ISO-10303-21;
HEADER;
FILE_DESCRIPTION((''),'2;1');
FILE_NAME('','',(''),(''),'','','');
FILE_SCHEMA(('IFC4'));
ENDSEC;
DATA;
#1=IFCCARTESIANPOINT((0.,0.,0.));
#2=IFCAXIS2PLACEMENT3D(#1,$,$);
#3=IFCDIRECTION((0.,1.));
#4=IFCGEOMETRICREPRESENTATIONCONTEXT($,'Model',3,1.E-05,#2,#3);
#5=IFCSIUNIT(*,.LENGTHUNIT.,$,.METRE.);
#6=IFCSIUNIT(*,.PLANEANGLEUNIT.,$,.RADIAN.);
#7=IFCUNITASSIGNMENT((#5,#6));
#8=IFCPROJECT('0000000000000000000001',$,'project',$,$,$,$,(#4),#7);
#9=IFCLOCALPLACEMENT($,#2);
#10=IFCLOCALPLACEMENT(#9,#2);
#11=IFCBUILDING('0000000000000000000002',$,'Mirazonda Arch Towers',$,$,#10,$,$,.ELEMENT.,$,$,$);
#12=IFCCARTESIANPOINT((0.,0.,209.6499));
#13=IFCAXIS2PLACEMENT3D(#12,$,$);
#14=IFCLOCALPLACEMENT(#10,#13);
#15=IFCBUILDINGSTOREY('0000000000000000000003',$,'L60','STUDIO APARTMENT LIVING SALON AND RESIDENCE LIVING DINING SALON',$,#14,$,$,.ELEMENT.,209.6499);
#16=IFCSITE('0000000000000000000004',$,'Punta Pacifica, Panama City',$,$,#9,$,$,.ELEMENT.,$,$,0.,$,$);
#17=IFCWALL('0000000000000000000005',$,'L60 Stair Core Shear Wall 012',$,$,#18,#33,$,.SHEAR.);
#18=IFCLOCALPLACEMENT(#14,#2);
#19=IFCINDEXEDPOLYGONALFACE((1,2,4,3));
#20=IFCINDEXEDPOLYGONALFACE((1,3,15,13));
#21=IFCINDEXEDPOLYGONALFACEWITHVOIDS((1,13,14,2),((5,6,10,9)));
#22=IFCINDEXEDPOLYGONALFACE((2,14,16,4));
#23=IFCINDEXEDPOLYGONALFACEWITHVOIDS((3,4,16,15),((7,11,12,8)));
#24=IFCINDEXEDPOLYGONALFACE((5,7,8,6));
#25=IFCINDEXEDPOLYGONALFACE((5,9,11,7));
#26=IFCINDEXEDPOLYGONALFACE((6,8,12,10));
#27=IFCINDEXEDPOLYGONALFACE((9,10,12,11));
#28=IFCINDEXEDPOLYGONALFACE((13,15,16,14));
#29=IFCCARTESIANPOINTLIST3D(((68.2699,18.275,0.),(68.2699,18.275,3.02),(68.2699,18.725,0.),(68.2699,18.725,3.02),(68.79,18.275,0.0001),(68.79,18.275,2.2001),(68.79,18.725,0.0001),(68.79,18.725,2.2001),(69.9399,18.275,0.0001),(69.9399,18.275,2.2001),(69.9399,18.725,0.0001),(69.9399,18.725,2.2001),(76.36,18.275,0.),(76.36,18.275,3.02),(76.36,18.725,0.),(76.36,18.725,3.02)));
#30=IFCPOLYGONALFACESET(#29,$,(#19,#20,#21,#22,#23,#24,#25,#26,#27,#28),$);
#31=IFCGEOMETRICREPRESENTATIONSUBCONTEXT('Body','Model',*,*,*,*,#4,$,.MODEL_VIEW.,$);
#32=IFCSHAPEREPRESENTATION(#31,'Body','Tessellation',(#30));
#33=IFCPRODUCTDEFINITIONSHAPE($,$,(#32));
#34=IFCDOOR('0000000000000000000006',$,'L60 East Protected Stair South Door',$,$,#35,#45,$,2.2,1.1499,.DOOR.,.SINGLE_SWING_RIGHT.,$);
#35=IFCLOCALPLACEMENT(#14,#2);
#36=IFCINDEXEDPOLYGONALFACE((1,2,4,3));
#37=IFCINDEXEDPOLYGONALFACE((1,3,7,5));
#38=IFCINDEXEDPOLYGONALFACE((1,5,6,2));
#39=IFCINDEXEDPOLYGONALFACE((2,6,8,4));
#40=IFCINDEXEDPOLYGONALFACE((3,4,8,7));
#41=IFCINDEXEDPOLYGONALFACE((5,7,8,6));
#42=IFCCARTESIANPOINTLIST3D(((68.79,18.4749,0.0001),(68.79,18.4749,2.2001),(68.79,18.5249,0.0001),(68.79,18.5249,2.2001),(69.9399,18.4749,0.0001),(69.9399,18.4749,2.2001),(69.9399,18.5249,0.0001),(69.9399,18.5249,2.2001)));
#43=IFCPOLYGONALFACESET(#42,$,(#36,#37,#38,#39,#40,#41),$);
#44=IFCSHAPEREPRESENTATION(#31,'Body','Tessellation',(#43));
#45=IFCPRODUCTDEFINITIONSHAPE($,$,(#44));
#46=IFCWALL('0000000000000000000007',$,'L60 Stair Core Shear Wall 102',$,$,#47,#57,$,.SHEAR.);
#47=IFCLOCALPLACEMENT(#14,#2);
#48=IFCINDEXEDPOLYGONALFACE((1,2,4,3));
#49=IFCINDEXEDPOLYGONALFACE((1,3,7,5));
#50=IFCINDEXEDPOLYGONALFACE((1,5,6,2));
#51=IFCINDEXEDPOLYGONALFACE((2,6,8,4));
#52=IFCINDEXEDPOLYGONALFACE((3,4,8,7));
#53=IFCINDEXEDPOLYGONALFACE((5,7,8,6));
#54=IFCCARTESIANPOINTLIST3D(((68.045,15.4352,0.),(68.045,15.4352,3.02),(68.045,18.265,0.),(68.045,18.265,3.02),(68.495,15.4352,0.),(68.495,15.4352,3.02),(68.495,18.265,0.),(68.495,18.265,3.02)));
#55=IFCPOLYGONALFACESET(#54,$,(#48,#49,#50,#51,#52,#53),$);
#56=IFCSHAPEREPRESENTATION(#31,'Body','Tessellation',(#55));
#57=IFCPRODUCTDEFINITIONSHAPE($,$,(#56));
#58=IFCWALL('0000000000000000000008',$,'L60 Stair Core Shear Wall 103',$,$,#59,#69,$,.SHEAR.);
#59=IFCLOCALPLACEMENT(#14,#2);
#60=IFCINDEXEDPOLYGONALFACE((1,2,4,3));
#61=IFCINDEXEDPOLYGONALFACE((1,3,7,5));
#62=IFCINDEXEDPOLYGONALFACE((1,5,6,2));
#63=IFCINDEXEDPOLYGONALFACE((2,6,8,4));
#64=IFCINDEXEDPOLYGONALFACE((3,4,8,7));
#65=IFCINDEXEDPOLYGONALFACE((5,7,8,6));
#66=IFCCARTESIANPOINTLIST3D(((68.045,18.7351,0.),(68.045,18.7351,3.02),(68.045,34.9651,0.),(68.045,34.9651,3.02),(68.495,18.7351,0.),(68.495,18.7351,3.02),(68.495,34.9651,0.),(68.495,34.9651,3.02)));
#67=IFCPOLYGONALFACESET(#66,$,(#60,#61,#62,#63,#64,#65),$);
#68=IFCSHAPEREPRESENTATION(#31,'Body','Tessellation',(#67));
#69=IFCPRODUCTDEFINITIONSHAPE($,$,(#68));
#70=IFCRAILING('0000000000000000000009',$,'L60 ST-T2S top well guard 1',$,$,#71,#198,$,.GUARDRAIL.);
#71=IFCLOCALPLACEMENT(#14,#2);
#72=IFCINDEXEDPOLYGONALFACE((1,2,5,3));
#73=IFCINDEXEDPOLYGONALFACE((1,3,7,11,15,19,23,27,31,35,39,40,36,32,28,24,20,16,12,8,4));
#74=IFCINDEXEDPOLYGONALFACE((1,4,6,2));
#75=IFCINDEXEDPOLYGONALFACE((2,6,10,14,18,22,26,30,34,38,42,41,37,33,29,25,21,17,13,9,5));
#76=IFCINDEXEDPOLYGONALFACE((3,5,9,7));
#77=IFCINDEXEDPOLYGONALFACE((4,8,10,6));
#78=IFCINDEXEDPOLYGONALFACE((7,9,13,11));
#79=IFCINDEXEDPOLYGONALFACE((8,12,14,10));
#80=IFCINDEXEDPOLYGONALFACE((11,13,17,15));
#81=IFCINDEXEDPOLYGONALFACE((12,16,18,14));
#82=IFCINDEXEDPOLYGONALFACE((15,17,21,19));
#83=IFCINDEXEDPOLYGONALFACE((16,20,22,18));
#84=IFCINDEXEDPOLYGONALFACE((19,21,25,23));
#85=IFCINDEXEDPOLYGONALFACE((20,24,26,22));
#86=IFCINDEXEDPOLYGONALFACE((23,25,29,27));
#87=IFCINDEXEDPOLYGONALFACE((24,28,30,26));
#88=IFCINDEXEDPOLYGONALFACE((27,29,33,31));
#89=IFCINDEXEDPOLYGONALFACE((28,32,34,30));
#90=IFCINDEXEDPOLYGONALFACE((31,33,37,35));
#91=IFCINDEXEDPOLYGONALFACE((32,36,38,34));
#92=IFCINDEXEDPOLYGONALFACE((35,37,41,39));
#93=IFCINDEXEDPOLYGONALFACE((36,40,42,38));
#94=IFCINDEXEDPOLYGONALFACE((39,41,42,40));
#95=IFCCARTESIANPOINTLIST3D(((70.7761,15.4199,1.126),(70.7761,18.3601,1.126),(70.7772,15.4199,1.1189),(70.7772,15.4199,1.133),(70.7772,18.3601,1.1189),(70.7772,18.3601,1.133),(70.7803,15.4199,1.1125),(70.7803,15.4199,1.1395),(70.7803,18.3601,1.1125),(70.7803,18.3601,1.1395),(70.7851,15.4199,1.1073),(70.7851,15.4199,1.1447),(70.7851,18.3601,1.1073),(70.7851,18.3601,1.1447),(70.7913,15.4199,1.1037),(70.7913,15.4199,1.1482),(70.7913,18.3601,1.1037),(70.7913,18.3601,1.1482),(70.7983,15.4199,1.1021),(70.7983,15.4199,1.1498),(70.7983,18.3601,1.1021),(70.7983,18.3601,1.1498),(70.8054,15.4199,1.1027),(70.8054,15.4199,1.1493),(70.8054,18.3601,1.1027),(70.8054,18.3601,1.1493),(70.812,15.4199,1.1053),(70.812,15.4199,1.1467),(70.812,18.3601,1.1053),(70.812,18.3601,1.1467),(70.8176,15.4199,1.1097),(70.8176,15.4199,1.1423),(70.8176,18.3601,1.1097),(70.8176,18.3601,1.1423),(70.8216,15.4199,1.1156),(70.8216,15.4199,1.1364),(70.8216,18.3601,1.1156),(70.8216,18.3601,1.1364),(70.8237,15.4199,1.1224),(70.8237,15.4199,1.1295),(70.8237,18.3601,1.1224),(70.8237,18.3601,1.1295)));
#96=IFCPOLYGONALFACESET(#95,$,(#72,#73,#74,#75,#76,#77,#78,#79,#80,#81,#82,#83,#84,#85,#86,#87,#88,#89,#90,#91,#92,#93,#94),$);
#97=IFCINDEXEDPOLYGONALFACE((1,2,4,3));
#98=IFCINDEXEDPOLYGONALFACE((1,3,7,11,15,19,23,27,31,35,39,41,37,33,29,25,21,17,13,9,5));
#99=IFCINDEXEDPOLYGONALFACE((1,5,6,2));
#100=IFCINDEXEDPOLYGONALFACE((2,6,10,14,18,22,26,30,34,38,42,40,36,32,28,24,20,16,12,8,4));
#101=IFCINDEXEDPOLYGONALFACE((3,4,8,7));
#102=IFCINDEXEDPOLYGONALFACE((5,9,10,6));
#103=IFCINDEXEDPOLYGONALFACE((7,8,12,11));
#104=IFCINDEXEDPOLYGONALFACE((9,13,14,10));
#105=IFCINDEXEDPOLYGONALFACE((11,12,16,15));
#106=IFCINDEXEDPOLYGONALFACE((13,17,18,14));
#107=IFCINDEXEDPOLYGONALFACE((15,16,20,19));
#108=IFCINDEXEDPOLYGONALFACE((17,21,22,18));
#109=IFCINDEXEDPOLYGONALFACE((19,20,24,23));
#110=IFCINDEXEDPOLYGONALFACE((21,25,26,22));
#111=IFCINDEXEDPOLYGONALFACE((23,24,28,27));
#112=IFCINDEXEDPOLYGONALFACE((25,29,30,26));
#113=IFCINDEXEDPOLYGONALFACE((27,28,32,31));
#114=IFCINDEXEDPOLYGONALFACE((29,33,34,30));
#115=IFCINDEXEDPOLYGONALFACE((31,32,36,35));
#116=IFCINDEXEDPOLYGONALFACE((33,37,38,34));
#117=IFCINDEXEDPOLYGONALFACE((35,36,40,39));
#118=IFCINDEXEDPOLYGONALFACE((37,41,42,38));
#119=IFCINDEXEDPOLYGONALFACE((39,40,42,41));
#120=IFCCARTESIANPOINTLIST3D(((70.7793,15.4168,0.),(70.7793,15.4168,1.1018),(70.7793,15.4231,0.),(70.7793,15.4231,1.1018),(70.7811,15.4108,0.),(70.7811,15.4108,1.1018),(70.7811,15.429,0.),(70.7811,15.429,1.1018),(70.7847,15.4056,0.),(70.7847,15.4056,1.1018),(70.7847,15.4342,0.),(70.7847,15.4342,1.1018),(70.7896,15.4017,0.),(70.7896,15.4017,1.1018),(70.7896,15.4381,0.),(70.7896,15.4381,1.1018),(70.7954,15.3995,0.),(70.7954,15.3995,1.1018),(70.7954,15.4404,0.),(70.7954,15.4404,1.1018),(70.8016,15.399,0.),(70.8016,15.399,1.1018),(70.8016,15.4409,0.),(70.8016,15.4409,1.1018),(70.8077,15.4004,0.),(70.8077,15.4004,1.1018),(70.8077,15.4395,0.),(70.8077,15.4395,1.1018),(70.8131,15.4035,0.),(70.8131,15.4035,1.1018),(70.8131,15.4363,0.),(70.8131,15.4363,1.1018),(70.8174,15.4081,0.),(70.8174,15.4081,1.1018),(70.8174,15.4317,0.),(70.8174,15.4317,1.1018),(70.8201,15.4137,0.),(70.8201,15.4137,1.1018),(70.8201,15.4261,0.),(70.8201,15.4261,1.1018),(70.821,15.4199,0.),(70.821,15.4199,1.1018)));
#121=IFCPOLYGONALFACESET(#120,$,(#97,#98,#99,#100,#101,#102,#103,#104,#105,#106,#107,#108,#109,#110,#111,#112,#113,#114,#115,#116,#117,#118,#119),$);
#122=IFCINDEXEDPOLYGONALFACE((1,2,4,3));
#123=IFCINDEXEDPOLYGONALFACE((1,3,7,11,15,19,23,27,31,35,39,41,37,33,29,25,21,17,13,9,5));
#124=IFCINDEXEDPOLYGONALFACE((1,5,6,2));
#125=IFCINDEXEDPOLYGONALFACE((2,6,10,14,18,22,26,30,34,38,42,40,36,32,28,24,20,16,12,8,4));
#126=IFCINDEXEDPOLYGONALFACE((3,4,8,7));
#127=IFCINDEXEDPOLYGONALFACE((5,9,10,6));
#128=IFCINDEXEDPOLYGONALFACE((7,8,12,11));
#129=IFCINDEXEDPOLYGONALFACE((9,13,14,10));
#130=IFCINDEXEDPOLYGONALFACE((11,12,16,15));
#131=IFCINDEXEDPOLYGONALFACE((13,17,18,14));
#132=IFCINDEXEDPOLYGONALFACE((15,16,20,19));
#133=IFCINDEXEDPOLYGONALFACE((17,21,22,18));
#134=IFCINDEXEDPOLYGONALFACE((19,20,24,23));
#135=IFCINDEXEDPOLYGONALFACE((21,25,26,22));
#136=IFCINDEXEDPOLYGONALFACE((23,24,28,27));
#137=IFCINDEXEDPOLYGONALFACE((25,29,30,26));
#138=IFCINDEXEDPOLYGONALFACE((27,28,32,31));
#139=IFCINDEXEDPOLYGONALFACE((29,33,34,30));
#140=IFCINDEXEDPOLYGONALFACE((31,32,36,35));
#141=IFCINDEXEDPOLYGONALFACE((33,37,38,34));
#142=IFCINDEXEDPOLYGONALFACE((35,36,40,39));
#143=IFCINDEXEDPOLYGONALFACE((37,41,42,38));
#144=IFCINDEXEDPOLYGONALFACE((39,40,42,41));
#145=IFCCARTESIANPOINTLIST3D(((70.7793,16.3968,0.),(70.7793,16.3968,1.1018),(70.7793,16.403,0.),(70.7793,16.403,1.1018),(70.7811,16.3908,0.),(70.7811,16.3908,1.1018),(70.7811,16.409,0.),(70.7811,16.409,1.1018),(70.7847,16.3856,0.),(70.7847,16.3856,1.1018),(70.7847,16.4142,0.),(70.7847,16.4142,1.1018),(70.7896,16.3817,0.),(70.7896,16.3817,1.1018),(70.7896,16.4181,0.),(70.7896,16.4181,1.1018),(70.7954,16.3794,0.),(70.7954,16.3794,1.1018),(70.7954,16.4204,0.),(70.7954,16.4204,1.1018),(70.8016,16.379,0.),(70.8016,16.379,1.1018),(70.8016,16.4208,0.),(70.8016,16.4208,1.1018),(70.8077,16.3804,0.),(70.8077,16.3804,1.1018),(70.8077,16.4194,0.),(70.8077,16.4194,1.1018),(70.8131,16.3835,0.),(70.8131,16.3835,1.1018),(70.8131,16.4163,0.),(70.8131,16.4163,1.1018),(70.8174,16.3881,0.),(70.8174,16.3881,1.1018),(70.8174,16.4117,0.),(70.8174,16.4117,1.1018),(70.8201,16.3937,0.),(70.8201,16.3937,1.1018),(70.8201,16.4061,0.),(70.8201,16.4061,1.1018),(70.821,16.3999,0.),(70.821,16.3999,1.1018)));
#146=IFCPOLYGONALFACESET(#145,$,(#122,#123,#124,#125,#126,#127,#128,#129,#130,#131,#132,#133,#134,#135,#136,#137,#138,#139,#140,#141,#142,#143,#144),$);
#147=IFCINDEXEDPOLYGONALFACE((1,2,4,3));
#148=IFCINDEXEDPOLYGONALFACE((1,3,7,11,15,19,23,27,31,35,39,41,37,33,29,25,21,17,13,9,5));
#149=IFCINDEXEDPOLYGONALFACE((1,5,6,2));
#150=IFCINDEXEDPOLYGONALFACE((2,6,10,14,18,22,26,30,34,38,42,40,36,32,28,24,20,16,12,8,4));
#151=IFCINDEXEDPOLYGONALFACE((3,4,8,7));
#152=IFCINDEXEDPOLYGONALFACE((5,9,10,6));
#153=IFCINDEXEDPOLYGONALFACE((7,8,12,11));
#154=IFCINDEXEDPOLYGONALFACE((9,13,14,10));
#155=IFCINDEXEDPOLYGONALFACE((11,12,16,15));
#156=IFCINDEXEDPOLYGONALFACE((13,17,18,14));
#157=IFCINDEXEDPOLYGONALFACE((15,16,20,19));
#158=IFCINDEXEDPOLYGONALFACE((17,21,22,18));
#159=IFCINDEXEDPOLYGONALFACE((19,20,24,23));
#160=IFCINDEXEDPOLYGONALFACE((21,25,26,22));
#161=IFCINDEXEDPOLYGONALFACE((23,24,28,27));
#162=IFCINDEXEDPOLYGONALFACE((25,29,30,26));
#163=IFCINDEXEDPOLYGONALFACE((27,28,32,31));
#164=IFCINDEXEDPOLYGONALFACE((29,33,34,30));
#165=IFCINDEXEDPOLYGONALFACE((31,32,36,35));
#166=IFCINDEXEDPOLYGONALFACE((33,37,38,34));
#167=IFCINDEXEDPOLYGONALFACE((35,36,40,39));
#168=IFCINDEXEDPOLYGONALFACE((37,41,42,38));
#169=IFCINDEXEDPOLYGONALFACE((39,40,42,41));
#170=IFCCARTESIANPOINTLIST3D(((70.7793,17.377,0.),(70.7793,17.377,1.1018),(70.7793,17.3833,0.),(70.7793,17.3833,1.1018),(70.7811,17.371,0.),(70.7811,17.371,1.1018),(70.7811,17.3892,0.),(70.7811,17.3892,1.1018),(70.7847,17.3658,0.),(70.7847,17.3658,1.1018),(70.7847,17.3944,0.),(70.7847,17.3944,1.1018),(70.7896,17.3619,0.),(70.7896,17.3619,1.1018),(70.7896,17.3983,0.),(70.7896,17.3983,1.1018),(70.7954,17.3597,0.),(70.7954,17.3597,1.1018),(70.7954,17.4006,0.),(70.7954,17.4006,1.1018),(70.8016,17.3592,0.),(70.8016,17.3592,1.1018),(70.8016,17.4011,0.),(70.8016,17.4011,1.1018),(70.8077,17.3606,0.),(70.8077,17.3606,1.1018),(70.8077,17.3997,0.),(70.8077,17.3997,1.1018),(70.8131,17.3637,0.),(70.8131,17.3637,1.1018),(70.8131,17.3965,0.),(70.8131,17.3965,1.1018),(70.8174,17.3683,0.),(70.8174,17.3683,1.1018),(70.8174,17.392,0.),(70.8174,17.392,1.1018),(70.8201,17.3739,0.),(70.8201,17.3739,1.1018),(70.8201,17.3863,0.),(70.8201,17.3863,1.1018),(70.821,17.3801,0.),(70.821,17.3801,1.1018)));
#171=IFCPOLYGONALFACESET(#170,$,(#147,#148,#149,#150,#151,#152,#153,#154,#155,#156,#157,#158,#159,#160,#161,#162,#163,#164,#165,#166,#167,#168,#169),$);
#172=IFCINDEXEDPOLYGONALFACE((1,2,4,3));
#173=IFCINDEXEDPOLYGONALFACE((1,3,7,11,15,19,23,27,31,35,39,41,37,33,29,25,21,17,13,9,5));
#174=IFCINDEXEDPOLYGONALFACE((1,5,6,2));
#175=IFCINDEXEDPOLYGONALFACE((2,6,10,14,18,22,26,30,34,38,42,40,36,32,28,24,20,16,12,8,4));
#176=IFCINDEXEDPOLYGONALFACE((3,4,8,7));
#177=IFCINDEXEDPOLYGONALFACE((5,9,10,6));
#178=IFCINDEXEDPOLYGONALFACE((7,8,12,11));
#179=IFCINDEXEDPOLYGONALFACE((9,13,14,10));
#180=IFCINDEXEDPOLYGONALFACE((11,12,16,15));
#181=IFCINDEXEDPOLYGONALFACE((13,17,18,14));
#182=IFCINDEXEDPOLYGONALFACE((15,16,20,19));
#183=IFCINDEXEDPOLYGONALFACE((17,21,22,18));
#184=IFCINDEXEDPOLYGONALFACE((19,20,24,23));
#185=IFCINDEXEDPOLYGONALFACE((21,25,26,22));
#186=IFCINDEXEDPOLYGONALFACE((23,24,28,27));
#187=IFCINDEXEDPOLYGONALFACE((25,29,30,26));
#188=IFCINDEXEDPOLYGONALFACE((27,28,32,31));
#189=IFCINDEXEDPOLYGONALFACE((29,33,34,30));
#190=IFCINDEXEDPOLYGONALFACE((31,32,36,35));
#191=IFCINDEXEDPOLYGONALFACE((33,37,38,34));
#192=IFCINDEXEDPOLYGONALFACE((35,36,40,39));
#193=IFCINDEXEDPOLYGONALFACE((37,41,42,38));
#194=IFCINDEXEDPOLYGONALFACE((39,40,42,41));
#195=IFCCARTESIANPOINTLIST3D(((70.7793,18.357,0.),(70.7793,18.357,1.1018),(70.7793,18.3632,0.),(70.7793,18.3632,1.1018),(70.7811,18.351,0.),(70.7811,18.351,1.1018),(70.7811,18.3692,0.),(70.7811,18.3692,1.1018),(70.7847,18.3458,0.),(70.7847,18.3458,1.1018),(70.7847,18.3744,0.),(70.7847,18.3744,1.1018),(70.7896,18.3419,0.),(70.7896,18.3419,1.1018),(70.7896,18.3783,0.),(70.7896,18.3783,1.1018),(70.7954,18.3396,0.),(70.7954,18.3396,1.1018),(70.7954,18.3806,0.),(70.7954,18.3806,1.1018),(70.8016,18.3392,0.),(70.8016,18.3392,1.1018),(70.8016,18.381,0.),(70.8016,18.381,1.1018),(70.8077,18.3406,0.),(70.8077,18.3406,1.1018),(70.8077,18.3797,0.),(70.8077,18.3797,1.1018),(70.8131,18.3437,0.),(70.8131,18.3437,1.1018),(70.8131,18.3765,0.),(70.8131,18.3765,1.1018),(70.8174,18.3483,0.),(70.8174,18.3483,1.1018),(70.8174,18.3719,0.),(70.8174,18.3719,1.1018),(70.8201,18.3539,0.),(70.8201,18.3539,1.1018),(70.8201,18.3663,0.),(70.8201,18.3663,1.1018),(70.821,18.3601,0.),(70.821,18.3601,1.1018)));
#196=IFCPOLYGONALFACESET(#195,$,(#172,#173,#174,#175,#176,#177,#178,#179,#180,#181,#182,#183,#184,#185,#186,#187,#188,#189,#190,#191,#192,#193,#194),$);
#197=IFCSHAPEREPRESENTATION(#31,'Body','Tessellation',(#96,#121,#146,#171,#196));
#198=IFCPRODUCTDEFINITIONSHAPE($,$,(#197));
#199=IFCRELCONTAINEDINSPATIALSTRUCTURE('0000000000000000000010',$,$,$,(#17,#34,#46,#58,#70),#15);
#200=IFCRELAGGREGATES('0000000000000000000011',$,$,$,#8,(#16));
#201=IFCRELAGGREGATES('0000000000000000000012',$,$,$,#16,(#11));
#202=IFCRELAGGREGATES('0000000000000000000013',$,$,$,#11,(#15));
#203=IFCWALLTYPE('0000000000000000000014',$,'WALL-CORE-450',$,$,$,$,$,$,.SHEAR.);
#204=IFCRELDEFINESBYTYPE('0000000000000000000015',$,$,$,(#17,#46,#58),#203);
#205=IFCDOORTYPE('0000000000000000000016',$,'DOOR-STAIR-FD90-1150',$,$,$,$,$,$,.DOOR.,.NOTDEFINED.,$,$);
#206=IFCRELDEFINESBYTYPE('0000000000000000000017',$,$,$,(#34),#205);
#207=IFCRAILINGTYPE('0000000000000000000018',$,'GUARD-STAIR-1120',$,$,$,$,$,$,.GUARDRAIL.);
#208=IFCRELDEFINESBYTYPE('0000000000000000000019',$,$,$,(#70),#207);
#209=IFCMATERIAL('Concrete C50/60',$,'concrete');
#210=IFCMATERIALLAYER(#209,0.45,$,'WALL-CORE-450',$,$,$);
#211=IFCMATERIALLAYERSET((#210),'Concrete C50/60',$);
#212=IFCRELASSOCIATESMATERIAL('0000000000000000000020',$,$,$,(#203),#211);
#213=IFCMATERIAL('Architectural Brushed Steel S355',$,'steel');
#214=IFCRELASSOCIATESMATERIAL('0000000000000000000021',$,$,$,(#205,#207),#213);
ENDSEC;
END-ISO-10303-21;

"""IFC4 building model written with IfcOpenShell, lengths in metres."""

from ifc_helpers import new_model, si_unit, direction, frame, frame_2d, origin, origin_2d, place, context, subcontext, project, spatial, rectangle, circle, extrude, material, layer, layer_set, type_object, element, fill, save


model = new_model("IFC4")

# Units and contexts
model_context = context("Model", 3, precision=1e-05, world=origin(), true_north=direction((0.0, 1.0)))
body_context = subcontext(model_context, "Body", "Model", "MODEL_VIEW")
ifc_project = project(units=[si_unit("LENGTHUNIT", "METRE"), si_unit("PLANEANGLEUNIT", "RADIAN")], contexts=[model_context])

# Site, building, storey
site_placement = place(None, origin())
site = spatial("IfcSite", under=ifc_project, at=site_placement, Name="Punta Pacifica, Panama City", CompositionType="ELEMENT", RefElevation=0.0)
building_placement = place(site_placement, origin())
building = spatial("IfcBuilding", under=site, at=building_placement, Name="Mirazonda Arch Towers", CompositionType="ELEMENT")
storey_placement = place(building_placement, frame((0.0, 0.0, 209.6499)))
storey = spatial("IfcBuildingStorey", under=building, at=storey_placement, Name="L60", Description="STUDIO APARTMENT LIVING SALON AND RESIDENCE LIVING DINING SALON", CompositionType="ELEMENT", Elevation=209.6499)

# Shared definitions
ifc_material_1 = material(Name="Concrete C50/60", Category="concrete")
ifc_layer_1 = layer(ifc_material_1, 0.45, Name="WALL-CORE-450")
ifc_layer_set_1 = layer_set([ifc_layer_1], Name="Concrete C50/60")
wall_type = type_object("IfcWallType", Name="WALL-CORE-450", PredefinedType="SHEAR", material=ifc_layer_set_1)

# Wall, opening, door
wall_1_placement = place(storey_placement, frame((68.27, 18.5, 0.0), z_axis=(0.0, 0.0, 1.0), x_axis=(1.0, 0.0, 0.0)))
wall_1 = element("IfcWall", 1, at=wall_1_placement, inside=storey, type_object=wall_type, Name="L60 Stair Core Shear Wall 012", PredefinedType="SHEAR", context=body_context, shape_type="SweptSolid", body=[
    extrude(rectangle(XDim=8.0901, YDim=0.45, at=frame_2d((4.0449, 0.0))), origin(), (0.0, 0.0, 1.0), 3.02),
])
opening_placement = place(wall_1_placement, frame((0.52, 0.0, 0.0)))
opening = element("IfcOpeningElement", 2, at=opening_placement, cuts=wall_1, PredefinedType="OPENING", context=body_context, shape_type="SweptSolid", body=[
    extrude(rectangle(XDim=1.1499, YDim=2.2, at=frame_2d((0.575, 1.1001))), frame((0.0, 0.2349, 0.0), z_axis=(0.0, -1.0, 0.0), x_axis=(1.0, 0.0, 0.0)), (0.0, 0.0, 1.0), 0.47),
])
ifc_material_2 = material(Name="Architectural Brushed Steel S355", Category="steel")
door_type = type_object("IfcDoorType", Name="DOOR-STAIR-FD90-1150", OperationType="NOTDEFINED", PredefinedType="DOOR", material=ifc_material_2)
door_placement = place(opening_placement, origin())
door = element("IfcDoor", 3, at=door_placement, inside=storey, type_object=door_type, Name="L60 East Protected Stair South Door", OperationType="SINGLE_SWING_RIGHT", OverallHeight=2.2, OverallWidth=1.1499, PredefinedType="DOOR", context=body_context, shape_type="SweptSolid", body=[
    extrude(rectangle(XDim=1.1499, YDim=2.2, at=frame_2d((0.575, 1.1001))), frame((0.0, 0.0249, 0.0), z_axis=(0.0, -1.0, 0.0), x_axis=(1.0, 0.0, 0.0)), (0.0, 0.0, 1.0), 0.05),
])
fill(opening, door)

# Walls
wall_2_placement = place(storey_placement, frame((68.27, 15.4351, 0.0), z_axis=(0.0, 0.0, 1.0), x_axis=(0.0, 1.0, 0.0)))
element("IfcWall", 4, at=wall_2_placement, inside=storey, type_object=wall_type, Name="L60 Stair Core Shear Wall 102", PredefinedType="SHEAR", context=body_context, shape_type="SweptSolid", body=[
    extrude(rectangle(XDim=2.8298, YDim=0.45, at=frame_2d((1.415, 0.0))), origin(), (0.0, 0.0, 1.0), 3.02),
])
wall_3_placement = place(storey_placement, frame((68.27, 18.7351, 0.0), z_axis=(0.0, 0.0, 1.0), x_axis=(0.0, 1.0, 0.0)))
element("IfcWall", 5, at=wall_3_placement, inside=storey, type_object=wall_type, Name="L60 Stair Core Shear Wall 103", PredefinedType="SHEAR", context=body_context, shape_type="SweptSolid", body=[
    extrude(rectangle(XDim=16.23, YDim=0.45, at=frame_2d((8.115, 0.0))), origin(), (0.0, 0.0, 1.0), 3.02),
])

# Railing
railing_type = type_object("IfcRailingType", Name="GUARD-STAIR-1120", PredefinedType="GUARDRAIL", material=ifc_material_2)
railing_placement = place(storey_placement, frame((70.8, 15.4199, 0.0)))
element("IfcRailing", 6, at=railing_placement, inside=storey, type_object=railing_type, Name="L60 ST-T2S top well guard 1", PredefinedType="GUARDRAIL", context=body_context, shape_type="SweptSolid", body=[
    extrude(circle(Radius=0.0239, at=origin_2d()), frame((0.0, 0.0, 1.126), z_axis=(0.0, 1.0, 0.0), x_axis=(-1.0, 0.0, 0.0)), (0.0, 0.0, 1.0), 2.9402),
    extrude(circle(Radius=0.021, at=origin_2d()), origin(), (0.0, 0.0, 1.0), 1.1018),
    extrude(circle(Radius=0.021, at=origin_2d()), frame((0.0, 0.98, 0.0)), (0.0, 0.0, 1.0), 1.1018),
    extrude(circle(Radius=0.021, at=origin_2d()), frame((0.0, 1.9602, 0.0)), (0.0, 0.0, 1.0), 1.1018),
    extrude(circle(Radius=0.021, at=origin_2d()), frame((0.0, 2.9402, 0.0)), (0.0, 0.0, 1.0), 1.1018),
])

save(model, "model.ifc")
